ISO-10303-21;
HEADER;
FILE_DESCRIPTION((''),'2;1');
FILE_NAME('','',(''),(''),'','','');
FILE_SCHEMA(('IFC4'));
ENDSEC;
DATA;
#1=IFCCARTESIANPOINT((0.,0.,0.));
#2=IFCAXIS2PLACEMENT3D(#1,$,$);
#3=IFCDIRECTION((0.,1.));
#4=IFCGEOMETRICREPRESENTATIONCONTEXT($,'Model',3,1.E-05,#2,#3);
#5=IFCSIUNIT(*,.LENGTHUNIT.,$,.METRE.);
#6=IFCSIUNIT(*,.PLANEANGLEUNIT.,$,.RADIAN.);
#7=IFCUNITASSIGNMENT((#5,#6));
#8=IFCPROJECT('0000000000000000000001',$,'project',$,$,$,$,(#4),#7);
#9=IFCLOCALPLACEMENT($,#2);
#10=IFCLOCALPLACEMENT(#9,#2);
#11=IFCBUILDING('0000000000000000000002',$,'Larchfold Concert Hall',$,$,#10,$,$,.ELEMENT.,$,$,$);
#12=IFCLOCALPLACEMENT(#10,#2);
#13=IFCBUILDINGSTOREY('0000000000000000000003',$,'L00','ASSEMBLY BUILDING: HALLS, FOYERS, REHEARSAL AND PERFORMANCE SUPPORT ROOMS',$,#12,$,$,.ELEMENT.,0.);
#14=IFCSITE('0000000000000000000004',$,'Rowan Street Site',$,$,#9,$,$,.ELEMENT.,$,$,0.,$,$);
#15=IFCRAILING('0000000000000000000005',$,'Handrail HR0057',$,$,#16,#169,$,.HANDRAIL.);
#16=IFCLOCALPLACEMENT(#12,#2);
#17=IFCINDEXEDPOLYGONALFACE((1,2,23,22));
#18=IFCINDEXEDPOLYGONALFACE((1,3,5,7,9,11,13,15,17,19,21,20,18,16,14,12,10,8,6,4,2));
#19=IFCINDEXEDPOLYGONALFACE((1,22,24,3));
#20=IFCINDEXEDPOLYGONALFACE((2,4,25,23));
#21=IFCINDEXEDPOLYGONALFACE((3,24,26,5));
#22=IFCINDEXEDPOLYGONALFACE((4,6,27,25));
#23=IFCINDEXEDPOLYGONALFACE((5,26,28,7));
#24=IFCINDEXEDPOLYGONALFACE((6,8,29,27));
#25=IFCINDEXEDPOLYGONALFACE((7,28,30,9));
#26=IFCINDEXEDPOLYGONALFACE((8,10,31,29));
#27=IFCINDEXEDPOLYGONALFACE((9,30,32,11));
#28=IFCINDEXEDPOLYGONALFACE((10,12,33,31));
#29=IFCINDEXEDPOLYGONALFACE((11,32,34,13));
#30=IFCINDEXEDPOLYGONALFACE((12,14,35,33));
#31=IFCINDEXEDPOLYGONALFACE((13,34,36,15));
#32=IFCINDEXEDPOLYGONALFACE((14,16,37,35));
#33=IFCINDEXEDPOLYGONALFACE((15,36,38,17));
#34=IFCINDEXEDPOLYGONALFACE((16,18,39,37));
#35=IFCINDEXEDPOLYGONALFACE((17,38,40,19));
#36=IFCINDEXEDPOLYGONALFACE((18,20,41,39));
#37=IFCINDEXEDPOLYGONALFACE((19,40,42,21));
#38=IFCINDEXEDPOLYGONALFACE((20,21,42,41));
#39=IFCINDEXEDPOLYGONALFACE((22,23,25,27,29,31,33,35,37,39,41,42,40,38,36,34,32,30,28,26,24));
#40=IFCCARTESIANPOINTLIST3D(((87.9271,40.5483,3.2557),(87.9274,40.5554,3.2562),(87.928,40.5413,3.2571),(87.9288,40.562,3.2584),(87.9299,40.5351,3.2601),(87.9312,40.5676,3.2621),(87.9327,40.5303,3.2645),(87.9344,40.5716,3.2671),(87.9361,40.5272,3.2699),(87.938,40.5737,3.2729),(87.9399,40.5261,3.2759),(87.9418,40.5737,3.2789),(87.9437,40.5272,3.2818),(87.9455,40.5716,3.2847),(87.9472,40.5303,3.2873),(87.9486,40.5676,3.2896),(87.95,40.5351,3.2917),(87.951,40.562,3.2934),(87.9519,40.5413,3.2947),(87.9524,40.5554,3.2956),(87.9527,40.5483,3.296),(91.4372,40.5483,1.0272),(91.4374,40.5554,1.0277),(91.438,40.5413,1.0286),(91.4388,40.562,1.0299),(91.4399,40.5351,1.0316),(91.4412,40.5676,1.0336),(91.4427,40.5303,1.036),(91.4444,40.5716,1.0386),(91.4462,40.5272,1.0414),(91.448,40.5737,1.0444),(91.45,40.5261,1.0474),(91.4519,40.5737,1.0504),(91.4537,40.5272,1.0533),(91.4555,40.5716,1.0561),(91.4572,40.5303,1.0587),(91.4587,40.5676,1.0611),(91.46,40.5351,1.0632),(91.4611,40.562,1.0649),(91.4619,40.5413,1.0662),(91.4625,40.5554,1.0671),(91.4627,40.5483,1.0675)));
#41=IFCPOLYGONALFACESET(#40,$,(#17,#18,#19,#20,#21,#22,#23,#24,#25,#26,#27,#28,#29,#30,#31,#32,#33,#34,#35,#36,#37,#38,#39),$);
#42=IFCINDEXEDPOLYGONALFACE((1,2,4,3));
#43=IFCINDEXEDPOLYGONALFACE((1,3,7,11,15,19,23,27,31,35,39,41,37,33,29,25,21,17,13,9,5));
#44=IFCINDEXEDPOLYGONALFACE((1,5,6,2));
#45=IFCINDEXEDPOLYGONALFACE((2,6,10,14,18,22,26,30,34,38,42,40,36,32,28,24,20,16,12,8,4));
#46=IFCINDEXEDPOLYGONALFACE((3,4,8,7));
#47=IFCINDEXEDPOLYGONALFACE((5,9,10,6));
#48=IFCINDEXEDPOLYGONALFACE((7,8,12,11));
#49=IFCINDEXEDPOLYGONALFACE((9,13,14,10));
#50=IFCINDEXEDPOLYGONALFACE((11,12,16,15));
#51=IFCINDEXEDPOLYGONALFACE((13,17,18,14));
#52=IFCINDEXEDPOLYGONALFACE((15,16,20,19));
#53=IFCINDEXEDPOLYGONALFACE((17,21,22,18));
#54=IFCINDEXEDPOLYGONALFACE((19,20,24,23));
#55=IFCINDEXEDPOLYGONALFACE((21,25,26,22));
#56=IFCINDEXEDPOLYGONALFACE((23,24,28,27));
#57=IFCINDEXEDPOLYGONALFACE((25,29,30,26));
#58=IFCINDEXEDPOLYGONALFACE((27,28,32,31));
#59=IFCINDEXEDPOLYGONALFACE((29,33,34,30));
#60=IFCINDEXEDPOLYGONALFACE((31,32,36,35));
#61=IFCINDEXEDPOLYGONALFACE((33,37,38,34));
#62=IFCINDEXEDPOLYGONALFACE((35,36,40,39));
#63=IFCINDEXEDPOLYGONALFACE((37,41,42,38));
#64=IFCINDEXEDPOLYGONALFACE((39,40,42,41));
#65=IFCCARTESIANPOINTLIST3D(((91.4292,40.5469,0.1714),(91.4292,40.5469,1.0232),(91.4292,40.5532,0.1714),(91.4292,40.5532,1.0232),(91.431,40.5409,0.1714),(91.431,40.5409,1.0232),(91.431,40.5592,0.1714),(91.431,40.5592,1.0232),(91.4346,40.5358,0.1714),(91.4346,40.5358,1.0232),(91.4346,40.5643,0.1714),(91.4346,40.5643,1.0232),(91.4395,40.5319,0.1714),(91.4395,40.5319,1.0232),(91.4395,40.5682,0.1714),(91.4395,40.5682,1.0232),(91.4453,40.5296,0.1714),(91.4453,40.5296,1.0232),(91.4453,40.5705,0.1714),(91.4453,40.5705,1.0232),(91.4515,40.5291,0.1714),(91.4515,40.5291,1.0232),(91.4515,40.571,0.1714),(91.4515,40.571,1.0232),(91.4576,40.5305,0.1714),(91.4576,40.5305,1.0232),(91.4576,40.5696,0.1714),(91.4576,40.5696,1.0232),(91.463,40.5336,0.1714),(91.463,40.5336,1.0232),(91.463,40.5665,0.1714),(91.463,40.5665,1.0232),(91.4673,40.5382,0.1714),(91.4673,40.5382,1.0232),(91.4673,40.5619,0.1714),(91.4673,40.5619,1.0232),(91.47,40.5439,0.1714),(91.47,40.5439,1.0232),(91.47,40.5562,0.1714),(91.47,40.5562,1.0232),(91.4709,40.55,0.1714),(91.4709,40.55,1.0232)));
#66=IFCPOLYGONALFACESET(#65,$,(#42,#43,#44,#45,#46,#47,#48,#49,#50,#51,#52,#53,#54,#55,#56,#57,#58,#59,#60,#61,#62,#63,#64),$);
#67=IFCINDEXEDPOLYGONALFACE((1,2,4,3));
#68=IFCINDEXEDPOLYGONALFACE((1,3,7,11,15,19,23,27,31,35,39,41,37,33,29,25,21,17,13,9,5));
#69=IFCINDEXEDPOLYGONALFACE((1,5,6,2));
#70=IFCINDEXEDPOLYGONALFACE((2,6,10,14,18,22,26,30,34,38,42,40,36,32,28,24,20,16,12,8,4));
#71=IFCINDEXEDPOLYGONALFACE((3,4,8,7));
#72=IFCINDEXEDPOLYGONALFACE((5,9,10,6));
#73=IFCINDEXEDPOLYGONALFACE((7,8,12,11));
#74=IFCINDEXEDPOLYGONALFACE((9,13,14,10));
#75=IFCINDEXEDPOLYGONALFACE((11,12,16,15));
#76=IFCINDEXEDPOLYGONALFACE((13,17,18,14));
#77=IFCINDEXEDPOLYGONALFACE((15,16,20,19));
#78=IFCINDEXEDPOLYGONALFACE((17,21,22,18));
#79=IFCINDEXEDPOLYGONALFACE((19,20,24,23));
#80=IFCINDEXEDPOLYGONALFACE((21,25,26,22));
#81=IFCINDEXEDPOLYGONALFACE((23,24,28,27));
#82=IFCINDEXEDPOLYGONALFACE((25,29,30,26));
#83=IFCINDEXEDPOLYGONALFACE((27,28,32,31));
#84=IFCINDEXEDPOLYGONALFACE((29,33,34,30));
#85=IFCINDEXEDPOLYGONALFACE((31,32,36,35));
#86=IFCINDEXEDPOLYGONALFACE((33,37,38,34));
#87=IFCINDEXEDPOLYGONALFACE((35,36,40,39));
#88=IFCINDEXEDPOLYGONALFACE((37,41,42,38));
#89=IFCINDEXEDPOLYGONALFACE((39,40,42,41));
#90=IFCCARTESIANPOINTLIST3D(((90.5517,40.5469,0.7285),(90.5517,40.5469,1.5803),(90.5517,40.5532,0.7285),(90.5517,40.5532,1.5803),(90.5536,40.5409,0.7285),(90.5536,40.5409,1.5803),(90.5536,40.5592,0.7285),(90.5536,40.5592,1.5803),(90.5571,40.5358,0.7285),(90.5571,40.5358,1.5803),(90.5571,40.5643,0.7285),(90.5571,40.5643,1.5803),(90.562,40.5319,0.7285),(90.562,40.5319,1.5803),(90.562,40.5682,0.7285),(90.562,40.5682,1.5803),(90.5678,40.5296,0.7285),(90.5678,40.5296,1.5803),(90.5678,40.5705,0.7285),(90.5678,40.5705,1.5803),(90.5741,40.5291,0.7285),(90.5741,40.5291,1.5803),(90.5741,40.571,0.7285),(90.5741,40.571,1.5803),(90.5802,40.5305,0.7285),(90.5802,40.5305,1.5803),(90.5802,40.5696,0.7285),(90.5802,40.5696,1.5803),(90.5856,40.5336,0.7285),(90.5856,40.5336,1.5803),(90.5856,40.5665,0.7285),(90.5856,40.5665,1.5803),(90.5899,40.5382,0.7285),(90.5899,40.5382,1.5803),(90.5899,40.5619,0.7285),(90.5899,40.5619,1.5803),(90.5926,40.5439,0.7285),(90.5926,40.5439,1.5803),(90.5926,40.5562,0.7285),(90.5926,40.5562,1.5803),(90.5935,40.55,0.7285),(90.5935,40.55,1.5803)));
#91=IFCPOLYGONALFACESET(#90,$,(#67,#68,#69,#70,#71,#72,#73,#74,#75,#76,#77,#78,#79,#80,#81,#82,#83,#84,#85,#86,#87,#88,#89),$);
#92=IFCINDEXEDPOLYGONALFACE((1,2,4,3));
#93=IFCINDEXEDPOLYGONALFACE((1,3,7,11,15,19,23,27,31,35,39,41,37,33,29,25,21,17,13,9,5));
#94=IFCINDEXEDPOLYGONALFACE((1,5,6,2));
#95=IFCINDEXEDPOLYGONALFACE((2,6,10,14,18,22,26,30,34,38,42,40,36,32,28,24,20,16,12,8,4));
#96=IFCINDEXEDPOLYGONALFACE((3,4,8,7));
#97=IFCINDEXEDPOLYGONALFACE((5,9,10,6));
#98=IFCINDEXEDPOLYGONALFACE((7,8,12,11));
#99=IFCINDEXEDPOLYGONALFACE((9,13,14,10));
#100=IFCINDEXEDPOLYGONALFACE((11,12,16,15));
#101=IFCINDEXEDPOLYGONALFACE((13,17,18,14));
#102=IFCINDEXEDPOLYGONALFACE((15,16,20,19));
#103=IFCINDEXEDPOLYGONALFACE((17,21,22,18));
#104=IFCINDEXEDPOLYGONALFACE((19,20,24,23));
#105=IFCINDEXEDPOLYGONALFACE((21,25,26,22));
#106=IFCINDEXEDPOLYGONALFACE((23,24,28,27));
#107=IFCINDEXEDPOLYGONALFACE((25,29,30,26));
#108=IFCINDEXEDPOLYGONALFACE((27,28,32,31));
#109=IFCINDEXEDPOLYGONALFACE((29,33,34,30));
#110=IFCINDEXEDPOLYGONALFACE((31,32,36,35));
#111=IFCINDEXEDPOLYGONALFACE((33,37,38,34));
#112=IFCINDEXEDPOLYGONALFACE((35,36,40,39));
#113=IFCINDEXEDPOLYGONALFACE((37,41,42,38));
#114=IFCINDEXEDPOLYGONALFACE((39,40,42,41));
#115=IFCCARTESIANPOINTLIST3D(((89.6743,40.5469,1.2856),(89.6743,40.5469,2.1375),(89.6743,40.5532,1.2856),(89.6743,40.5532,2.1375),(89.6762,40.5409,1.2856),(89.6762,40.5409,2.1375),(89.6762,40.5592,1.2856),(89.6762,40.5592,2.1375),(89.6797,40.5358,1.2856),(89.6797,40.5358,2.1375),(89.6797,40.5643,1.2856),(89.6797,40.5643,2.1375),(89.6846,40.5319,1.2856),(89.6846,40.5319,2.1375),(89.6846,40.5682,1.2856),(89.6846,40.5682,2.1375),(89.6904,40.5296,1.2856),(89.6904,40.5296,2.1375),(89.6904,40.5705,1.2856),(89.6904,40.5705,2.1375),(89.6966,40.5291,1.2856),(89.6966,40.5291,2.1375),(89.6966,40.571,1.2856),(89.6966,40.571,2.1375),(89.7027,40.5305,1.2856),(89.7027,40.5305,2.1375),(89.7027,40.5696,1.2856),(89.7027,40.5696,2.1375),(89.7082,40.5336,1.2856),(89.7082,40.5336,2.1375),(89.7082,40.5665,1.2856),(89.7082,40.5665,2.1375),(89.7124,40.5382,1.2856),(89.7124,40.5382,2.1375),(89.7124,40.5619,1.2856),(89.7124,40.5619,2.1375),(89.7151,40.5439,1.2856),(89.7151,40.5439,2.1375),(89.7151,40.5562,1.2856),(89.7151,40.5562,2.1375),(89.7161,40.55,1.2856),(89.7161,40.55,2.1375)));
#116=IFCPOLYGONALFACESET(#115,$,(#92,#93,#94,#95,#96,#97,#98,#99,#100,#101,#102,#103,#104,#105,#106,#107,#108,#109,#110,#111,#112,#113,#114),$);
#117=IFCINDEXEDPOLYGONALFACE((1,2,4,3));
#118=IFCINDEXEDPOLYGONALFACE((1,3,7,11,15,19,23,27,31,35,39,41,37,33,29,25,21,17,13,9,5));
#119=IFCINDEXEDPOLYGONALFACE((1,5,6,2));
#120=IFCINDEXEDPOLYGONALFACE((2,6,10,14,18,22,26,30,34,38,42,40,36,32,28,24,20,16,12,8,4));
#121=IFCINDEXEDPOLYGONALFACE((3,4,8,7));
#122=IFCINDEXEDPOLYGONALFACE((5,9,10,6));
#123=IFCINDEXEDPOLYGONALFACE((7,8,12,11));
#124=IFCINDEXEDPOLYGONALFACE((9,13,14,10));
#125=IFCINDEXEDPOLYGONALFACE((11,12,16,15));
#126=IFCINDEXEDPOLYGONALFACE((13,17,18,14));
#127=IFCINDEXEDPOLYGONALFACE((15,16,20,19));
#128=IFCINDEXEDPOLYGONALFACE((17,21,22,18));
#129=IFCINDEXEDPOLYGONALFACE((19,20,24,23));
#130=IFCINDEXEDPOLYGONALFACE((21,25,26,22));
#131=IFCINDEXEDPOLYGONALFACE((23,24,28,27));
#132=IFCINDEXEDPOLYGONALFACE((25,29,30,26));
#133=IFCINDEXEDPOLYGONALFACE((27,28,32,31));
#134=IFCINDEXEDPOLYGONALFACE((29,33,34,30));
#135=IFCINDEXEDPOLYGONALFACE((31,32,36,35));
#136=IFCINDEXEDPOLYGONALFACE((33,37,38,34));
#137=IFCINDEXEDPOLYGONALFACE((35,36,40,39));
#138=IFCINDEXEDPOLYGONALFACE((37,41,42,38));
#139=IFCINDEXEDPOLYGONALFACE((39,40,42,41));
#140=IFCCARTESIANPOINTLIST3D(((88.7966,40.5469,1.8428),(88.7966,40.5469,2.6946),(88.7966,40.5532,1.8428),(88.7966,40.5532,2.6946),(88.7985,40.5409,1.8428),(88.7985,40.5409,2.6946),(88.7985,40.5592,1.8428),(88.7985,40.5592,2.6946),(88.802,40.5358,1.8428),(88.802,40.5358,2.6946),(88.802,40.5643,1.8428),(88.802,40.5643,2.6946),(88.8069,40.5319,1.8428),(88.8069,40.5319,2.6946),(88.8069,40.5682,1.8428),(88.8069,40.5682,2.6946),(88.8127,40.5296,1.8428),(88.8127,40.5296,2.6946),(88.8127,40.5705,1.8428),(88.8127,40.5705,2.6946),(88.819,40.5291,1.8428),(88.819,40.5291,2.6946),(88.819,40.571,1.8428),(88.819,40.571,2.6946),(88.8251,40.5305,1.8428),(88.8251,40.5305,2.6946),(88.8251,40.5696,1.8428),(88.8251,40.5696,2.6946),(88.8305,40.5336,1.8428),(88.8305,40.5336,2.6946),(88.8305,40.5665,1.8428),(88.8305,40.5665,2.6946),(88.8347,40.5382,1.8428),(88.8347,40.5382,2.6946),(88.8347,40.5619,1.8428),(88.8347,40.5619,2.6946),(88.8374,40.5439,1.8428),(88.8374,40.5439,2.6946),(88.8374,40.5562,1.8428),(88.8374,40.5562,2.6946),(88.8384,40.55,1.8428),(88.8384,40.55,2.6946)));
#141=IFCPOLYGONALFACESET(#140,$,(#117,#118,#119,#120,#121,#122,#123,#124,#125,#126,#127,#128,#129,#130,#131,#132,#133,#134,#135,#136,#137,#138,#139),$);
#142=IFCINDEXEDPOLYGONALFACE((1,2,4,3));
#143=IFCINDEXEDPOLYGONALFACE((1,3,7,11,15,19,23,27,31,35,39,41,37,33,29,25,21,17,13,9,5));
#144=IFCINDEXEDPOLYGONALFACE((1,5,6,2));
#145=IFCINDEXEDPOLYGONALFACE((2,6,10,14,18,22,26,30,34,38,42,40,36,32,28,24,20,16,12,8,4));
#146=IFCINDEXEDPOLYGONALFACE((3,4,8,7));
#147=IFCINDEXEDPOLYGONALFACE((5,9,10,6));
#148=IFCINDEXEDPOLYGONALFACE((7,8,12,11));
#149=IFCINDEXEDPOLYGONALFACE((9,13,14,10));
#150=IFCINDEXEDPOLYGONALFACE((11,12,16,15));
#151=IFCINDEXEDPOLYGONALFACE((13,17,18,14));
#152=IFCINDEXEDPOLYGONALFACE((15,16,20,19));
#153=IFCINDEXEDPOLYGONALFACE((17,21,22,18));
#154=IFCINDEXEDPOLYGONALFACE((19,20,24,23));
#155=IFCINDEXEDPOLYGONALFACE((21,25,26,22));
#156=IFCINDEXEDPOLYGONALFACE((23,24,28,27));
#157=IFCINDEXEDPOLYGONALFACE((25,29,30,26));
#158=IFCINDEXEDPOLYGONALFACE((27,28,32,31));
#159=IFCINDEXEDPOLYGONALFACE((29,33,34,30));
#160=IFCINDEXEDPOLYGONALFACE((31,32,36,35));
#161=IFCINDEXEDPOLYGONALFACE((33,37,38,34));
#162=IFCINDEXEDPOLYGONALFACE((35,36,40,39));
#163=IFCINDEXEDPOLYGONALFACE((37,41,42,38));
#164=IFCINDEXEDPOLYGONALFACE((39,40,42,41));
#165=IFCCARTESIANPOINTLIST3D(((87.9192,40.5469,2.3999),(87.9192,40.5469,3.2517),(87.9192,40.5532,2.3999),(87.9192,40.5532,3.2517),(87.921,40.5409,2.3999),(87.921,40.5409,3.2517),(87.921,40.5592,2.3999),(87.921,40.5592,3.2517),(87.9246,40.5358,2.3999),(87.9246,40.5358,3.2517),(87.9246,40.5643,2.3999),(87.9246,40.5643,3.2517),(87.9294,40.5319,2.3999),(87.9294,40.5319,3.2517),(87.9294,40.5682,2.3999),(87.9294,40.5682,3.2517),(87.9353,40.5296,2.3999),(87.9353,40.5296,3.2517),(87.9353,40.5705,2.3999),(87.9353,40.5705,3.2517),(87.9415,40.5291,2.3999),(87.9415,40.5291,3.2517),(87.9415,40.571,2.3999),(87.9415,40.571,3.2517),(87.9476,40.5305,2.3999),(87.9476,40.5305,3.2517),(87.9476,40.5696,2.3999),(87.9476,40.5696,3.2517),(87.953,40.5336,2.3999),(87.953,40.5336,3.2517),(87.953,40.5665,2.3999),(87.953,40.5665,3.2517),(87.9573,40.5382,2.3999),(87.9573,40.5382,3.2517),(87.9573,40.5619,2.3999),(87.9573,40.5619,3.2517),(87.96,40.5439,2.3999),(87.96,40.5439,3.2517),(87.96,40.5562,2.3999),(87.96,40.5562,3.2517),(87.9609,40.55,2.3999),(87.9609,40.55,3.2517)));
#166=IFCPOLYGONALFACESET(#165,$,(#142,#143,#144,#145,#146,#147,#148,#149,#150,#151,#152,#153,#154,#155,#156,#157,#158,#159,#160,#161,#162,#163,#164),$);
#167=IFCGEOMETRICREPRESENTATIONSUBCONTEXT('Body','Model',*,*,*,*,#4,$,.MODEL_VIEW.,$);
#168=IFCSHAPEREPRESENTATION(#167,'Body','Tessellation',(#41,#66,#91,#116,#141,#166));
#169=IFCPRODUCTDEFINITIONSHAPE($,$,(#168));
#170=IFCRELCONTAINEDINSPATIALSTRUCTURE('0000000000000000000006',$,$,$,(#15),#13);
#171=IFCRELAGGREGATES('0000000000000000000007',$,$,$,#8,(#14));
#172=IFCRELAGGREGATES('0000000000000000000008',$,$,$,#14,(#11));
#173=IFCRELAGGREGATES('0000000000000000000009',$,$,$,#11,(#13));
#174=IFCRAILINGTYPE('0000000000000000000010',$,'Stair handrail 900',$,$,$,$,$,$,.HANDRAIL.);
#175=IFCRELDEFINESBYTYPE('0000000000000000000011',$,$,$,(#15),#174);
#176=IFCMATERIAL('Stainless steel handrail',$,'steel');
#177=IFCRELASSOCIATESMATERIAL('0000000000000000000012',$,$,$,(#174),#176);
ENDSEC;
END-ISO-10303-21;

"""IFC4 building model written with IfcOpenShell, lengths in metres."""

from ifc_helpers import new_model, si_unit, direction, frame, origin, origin_2d, place, context, subcontext, project, spatial, circle, extrude, material, type_object, element, save


model = new_model("IFC4")

# Units and contexts
model_context = context("Model", 3, precision=1e-05, world=origin(), true_north=direction((0.0, 1.0)))
body_context = subcontext(model_context, "Body", "Model", "MODEL_VIEW")
ifc_project = project(units=[si_unit("LENGTHUNIT", "METRE"), si_unit("PLANEANGLEUNIT", "RADIAN")], contexts=[model_context])

# Site, building, storey
site_placement = place(None, origin())
site = spatial("IfcSite", under=ifc_project, at=site_placement, Name="Rowan Street Site", CompositionType="ELEMENT", RefElevation=0.0)
building_placement = place(site_placement, origin())
building = spatial("IfcBuilding", under=site, at=building_placement, Name="Larchfold Concert Hall", CompositionType="ELEMENT")
storey_placement = place(building_placement, origin())
storey = spatial("IfcBuildingStorey", under=building, at=storey_placement, Name="L00", Description="ASSEMBLY BUILDING: HALLS, FOYERS, REHEARSAL AND PERFORMANCE SUPPORT ROOMS", CompositionType="ELEMENT", Elevation=0.0)

# Railing
ifc_material_1 = material(Name="Stainless steel handrail", Category="steel")
railing_type_1 = type_object("IfcRailingType", Name="Stair handrail 900", PredefinedType="HANDRAIL", material=ifc_material_1)
for number, where, name in (
    (1, (91.45, 40.55, 0.1714), "Handrail HR0057"),
):
    element("IfcRailing", number, at=place(storey_placement, frame(where)), inside=storey, type_object=railing_type_1, Name=name, PredefinedType="HANDRAIL", context=body_context, shape_type="SweptSolid", body=[
        extrude(circle(Radius=0.0239, at=origin_2d()), frame((0.0, 0.0, 0.876), z_axis=(-0.84422, 0.0, 0.535998), x_axis=(0.0, -1.0, 0.0)), (0.0, 0.0, 1.0), 4.1577),
        extrude(circle(Radius=0.021, at=origin_2d()), origin(), (0.0, 0.0, 1.0), 0.8518),
        extrude(circle(Radius=0.021, at=origin_2d()), frame((-0.8774, 0.0, 0.5571)), (0.0, 0.0, 1.0), 0.8518),
        extrude(circle(Radius=0.021, at=origin_2d()), frame((-1.7549, 0.0, 1.1143)), (0.0, 0.0, 1.0), 0.8518),
        extrude(circle(Radius=0.021, at=origin_2d()), frame((-2.6326, 0.0, 1.6714)), (0.0, 0.0, 1.0), 0.8518),
        extrude(circle(Radius=0.021, at=origin_2d()), frame((-3.51, 0.0, 2.2285)), (0.0, 0.0, 1.0), 0.8518),
    ])

save(model, "model.ifc")
